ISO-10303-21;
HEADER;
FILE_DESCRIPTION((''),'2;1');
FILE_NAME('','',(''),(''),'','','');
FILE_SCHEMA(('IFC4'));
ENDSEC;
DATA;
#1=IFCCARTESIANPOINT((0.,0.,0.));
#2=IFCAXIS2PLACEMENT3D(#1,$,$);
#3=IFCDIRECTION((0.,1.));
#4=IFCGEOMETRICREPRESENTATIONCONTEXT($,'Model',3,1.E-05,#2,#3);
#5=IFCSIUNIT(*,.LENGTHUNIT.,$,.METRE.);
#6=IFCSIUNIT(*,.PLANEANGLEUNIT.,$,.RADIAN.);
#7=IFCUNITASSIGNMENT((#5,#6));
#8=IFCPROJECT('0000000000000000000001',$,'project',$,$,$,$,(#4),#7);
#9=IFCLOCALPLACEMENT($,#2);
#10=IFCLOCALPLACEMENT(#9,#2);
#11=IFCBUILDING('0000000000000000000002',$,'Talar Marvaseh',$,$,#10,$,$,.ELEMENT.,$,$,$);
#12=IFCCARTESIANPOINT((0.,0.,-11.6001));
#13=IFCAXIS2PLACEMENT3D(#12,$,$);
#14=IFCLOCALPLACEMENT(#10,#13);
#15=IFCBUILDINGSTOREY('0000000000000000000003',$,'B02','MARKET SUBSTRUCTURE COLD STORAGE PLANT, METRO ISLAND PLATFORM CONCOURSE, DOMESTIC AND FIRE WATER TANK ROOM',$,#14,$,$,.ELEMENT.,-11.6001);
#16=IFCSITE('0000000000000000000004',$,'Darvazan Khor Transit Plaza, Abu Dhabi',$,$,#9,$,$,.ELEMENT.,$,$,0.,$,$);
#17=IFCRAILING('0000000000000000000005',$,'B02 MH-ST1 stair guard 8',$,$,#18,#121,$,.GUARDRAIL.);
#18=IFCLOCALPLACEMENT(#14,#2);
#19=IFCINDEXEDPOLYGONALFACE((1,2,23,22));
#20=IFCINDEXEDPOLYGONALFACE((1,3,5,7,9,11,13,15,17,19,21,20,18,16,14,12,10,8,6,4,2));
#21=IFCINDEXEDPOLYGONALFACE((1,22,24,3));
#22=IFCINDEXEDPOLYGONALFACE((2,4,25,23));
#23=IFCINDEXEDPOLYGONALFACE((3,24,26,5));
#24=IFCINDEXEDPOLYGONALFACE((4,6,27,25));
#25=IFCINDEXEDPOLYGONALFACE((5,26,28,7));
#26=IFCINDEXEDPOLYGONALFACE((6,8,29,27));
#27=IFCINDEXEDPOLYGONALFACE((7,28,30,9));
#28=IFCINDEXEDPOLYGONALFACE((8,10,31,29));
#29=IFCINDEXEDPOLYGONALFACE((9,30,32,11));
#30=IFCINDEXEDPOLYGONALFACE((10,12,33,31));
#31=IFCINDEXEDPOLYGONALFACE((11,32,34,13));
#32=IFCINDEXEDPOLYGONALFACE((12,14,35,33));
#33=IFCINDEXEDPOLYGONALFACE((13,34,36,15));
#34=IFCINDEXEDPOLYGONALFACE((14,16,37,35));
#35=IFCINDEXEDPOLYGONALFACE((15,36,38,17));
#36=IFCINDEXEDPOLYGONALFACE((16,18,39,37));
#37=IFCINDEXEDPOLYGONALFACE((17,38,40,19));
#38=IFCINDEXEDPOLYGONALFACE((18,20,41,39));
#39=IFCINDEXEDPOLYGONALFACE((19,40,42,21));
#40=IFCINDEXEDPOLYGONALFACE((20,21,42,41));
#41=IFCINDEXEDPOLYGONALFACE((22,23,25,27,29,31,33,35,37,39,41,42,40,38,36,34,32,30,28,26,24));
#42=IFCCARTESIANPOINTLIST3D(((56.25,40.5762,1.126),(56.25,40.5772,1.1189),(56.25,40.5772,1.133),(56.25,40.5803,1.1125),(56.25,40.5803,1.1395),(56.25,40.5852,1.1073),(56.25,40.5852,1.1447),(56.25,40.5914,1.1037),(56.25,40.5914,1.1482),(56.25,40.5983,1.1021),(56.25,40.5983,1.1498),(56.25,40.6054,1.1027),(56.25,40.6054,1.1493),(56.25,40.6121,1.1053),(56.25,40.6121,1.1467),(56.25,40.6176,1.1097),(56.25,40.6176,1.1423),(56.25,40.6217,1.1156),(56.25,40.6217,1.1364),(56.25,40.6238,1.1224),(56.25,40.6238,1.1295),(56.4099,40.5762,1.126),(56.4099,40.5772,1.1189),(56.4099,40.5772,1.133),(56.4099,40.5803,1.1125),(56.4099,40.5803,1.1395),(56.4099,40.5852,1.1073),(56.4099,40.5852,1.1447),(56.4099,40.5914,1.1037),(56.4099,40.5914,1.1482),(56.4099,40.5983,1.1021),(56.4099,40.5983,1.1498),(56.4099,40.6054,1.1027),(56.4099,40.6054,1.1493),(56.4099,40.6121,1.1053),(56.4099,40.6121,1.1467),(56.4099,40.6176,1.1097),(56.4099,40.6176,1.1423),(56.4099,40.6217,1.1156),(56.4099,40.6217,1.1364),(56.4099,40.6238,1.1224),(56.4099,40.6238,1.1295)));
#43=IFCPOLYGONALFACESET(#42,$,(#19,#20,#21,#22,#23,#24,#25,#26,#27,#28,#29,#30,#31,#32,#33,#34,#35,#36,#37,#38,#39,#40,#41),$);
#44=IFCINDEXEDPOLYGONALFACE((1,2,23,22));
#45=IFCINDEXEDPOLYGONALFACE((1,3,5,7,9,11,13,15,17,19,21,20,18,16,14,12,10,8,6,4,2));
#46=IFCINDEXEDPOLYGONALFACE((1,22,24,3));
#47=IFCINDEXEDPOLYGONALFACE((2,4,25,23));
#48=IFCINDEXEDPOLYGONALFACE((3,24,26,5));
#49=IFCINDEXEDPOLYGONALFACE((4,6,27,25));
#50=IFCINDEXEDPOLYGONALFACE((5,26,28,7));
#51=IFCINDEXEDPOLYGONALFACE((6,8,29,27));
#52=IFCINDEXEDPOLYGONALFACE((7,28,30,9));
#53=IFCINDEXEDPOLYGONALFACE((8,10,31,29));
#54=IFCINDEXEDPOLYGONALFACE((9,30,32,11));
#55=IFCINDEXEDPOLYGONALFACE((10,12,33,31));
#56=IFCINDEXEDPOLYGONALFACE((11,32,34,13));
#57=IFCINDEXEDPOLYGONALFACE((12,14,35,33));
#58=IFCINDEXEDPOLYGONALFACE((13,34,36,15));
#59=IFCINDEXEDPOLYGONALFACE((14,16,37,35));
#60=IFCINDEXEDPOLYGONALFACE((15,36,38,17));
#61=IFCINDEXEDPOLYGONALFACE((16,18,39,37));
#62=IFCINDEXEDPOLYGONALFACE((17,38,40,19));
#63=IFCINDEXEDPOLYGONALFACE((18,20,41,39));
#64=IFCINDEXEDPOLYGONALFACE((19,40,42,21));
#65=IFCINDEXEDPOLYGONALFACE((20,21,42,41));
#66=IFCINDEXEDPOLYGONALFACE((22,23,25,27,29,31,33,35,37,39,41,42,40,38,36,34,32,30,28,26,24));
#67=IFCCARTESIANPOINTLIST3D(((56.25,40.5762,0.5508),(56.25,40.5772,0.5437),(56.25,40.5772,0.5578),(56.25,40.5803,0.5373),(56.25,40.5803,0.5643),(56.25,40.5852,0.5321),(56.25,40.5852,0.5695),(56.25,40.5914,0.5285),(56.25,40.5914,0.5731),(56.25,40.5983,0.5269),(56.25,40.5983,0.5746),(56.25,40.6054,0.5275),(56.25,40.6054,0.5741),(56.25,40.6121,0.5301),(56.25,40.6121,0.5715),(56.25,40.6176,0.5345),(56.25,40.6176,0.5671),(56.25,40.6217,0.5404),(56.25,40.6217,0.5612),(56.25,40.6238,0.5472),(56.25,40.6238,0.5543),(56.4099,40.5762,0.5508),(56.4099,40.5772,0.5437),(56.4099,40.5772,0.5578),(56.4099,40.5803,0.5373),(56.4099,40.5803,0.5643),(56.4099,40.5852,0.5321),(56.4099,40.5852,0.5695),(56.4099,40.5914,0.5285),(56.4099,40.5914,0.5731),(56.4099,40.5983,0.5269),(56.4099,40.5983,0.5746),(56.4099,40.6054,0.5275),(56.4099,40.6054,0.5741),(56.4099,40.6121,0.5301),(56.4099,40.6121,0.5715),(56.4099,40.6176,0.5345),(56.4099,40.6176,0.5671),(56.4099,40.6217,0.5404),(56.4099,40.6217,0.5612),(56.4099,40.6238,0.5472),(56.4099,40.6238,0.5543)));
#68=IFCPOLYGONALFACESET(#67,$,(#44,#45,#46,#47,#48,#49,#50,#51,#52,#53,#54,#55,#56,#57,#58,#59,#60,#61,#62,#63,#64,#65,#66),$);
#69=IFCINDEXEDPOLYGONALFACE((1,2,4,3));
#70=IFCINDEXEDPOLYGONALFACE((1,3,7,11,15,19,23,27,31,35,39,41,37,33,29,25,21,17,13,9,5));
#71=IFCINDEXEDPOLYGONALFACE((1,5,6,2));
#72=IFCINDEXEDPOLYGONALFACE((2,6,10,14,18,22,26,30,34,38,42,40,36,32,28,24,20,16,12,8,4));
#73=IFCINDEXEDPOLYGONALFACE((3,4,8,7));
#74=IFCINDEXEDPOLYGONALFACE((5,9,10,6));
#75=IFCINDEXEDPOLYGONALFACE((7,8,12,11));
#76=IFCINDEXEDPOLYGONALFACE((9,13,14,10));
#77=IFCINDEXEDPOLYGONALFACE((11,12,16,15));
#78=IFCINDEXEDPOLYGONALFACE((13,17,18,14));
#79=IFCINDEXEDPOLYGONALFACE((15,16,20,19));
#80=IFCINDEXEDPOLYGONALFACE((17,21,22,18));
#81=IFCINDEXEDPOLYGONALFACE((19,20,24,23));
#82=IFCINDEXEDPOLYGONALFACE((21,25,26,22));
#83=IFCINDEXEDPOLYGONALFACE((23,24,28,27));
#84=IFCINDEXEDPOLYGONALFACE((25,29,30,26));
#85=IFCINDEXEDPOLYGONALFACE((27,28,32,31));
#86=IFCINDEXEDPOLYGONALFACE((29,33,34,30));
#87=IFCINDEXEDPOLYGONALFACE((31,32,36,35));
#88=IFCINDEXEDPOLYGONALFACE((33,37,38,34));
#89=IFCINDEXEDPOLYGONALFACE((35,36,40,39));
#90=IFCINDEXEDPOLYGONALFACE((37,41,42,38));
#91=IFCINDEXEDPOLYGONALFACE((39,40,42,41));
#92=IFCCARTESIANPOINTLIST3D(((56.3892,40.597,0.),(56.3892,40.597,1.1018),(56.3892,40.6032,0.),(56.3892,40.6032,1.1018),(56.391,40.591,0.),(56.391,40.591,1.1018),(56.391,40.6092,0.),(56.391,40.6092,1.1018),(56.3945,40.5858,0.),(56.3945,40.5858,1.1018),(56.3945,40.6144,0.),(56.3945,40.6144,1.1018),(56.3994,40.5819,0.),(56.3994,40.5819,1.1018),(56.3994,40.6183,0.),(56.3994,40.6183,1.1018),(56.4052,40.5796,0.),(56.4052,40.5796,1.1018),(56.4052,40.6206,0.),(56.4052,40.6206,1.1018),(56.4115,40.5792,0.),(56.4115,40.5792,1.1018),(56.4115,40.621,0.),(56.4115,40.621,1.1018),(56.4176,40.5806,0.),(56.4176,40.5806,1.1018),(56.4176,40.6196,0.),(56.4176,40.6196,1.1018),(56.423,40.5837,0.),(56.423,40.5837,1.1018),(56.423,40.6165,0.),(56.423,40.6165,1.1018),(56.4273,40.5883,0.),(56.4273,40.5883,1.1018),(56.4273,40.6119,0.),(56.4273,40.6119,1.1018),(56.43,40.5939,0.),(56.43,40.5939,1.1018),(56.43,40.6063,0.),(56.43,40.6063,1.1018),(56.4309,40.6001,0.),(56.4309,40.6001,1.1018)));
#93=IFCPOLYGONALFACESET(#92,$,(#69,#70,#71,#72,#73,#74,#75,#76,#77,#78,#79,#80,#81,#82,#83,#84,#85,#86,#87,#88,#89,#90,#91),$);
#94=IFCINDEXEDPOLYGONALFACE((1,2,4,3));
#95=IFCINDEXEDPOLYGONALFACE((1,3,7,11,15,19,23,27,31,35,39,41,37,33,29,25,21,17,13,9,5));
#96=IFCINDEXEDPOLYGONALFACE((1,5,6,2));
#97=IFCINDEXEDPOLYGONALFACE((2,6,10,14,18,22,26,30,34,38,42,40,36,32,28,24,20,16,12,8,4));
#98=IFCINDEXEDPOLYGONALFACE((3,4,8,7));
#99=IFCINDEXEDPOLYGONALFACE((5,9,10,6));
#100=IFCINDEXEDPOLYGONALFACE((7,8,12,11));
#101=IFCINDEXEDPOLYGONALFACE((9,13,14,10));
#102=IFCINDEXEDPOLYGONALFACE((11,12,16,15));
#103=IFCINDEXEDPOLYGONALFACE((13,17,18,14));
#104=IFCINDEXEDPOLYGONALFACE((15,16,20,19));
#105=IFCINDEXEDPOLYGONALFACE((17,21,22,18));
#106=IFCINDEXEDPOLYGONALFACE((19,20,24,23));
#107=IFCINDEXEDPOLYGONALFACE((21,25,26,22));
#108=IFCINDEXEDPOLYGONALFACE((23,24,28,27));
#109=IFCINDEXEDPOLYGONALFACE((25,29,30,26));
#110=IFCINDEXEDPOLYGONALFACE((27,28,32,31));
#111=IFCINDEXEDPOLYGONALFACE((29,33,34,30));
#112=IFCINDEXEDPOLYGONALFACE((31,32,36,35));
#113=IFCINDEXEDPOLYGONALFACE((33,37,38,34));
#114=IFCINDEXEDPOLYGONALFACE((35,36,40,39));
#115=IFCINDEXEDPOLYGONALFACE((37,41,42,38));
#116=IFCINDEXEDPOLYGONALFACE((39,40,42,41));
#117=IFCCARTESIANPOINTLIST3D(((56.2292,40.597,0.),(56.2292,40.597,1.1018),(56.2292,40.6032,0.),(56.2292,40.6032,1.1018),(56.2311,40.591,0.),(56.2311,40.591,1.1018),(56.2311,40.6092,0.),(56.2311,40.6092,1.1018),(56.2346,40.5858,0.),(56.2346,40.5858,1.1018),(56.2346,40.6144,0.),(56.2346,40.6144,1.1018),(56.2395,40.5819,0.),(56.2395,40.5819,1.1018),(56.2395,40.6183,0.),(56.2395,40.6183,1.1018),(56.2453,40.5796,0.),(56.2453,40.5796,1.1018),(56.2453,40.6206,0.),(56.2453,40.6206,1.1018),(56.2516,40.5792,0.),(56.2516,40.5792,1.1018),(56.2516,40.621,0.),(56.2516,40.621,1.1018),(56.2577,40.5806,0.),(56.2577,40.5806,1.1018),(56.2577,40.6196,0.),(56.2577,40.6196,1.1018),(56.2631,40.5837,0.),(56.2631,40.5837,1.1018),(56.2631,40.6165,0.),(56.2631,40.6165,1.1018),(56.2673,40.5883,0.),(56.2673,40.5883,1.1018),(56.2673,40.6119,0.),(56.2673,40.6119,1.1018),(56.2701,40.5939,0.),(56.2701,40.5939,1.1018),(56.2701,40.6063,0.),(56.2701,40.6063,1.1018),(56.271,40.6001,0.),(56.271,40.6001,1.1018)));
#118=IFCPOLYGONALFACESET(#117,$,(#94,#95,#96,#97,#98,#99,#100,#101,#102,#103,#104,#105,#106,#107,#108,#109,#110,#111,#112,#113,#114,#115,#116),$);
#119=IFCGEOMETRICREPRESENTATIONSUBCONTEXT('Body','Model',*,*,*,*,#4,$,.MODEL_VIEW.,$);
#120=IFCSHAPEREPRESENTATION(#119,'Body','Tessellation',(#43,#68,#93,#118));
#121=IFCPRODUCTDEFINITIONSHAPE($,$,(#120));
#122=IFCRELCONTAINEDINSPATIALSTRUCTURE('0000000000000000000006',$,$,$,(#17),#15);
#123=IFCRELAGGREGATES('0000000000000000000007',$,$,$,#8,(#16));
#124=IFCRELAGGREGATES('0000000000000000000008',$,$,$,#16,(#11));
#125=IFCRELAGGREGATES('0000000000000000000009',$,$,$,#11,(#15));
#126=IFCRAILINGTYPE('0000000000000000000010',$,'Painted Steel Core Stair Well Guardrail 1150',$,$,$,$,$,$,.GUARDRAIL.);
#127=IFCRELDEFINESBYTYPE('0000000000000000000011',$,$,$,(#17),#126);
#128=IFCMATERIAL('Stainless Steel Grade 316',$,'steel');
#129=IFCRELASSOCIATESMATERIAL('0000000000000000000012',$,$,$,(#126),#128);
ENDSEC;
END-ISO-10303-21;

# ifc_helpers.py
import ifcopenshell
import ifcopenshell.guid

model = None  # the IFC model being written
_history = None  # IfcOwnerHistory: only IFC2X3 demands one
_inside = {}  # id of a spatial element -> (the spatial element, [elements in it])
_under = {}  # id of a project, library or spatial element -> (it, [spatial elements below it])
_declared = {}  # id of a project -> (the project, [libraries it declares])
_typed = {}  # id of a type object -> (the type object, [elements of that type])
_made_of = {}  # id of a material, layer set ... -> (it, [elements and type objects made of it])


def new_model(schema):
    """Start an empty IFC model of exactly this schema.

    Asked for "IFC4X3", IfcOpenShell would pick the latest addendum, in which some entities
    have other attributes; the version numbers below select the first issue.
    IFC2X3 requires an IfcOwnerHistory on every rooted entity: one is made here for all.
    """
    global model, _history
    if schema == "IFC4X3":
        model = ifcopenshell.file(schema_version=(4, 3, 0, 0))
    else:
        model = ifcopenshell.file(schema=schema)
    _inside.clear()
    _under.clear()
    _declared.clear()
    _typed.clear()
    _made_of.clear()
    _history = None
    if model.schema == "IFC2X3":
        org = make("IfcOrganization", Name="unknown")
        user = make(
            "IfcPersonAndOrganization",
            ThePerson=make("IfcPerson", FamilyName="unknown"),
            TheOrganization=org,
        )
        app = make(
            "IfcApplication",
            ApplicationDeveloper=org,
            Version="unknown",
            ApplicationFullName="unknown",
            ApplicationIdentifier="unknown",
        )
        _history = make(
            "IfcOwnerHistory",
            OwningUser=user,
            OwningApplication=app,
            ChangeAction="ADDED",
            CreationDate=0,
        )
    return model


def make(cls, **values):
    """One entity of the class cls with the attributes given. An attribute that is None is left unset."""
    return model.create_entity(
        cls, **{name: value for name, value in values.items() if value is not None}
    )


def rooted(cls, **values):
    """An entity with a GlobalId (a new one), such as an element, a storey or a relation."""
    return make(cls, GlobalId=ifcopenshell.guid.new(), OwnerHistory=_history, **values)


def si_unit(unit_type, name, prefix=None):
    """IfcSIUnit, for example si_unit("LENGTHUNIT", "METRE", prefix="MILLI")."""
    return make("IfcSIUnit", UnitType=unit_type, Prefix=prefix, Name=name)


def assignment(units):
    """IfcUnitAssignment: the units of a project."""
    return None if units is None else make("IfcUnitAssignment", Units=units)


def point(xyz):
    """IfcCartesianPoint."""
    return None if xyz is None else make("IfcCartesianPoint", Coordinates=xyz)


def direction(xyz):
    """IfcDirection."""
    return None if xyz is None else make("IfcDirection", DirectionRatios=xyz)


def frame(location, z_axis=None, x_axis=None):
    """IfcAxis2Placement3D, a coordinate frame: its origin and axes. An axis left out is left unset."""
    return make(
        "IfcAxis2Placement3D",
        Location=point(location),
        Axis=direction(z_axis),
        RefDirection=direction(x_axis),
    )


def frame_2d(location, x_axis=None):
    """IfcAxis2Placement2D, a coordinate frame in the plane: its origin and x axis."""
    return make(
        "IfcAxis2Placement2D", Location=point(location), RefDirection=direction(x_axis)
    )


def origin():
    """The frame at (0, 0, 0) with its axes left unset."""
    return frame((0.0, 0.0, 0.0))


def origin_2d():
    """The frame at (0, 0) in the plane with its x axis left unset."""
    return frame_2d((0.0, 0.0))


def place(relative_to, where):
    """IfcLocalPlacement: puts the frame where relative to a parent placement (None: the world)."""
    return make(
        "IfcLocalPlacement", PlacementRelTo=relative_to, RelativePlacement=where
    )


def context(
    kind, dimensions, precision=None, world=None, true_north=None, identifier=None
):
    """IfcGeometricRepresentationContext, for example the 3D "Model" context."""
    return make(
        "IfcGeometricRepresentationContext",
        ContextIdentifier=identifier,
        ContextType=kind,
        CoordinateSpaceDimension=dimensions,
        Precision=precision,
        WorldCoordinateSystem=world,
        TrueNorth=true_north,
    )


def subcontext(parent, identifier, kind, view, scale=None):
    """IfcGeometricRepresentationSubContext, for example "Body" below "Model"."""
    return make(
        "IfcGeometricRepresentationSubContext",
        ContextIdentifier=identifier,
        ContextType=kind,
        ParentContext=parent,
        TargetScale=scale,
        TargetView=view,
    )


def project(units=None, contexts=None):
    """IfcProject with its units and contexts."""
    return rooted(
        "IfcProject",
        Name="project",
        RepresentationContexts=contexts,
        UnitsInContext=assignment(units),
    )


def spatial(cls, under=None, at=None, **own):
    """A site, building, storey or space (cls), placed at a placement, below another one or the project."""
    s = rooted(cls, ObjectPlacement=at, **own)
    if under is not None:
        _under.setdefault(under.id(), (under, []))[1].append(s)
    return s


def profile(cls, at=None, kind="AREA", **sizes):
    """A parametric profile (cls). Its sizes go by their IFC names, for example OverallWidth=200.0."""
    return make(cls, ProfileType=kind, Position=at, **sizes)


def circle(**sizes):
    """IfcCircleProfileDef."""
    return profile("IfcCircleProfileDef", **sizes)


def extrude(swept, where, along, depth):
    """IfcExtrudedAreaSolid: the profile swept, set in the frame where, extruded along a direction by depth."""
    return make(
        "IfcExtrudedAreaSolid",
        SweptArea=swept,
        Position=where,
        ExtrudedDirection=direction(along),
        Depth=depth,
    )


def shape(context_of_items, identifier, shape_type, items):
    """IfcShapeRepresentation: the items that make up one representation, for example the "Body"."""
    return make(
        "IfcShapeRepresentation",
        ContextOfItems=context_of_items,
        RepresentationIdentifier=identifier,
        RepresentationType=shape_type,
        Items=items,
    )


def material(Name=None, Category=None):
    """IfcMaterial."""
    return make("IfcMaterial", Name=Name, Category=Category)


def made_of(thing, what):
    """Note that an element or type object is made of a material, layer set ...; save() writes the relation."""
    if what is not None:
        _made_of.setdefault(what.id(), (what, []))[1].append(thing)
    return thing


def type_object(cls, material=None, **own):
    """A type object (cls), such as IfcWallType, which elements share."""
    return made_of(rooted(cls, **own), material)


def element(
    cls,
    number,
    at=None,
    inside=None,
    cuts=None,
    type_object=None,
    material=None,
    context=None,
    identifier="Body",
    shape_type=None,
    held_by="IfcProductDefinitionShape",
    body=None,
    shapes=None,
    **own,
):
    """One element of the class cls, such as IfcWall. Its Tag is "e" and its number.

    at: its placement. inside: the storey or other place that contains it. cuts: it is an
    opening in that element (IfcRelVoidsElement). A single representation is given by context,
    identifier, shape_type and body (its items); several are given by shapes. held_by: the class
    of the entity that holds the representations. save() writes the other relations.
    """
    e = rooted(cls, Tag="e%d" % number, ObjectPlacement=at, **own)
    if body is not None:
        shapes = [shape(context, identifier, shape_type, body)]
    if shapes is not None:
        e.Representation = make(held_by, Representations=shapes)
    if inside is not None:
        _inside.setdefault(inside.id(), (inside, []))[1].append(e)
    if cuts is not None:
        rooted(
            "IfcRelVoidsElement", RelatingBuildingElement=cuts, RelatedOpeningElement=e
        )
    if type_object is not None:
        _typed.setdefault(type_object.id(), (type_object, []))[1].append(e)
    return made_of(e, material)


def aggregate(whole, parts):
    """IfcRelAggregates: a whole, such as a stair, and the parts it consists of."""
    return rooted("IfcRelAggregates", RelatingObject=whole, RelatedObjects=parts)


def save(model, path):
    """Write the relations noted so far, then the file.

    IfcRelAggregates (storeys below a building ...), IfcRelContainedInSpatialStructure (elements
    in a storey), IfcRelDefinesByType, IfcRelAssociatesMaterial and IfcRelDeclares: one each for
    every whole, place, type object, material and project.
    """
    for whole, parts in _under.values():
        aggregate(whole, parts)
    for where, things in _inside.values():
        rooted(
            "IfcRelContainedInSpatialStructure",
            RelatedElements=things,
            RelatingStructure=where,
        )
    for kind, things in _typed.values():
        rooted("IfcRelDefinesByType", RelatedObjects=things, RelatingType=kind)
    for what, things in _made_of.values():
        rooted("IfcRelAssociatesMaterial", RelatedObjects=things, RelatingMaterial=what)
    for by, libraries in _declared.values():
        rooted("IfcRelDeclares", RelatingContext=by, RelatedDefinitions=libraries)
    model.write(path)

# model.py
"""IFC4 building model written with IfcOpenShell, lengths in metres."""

from ifc_helpers import new_model, si_unit, direction, frame, origin, origin_2d, place, context, subcontext, project, spatial, circle, extrude, material, type_object, element, save


model = new_model("IFC4")

# Units and contexts
model_context = context("Model", 3, precision=1e-05, world=origin(), true_north=direction((0.0, 1.0)))
body_context = subcontext(model_context, "Body", "Model", "MODEL_VIEW")
ifc_project = project(units=[si_unit("LENGTHUNIT", "METRE"), si_unit("PLANEANGLEUNIT", "RADIAN")], contexts=[model_context])

# Site, building, storey
site_placement = place(None, origin())
site = spatial("IfcSite", under=ifc_project, at=site_placement, Name="Darvazan Khor Transit Plaza, Abu Dhabi", CompositionType="ELEMENT", RefElevation=0.0)
building_placement = place(site_placement, origin())
building = spatial("IfcBuilding", under=site, at=building_placement, Name="Talar Marvaseh", CompositionType="ELEMENT")
storey_placement = place(building_placement, frame((0.0, 0.0, -11.6001)))
storey = spatial("IfcBuildingStorey", under=building, at=storey_placement, Name="B02", Description="MARKET SUBSTRUCTURE COLD STORAGE PLANT, METRO ISLAND PLATFORM CONCOURSE, DOMESTIC AND FIRE WATER TANK ROOM", CompositionType="ELEMENT", Elevation=-11.6001)

# Railing
ifc_material_1 = material(Name="Stainless Steel Grade 316", Category="steel")
railing_type_1 = type_object("IfcRailingType", Name="Painted Steel Core Stair Well Guardrail 1150", PredefinedType="GUARDRAIL", material=ifc_material_1)
railing_1_placement = place(storey_placement, frame((56.4099, 40.6001, 0.0)))
element("IfcRailing", 1, at=railing_1_placement, inside=storey, type_object=railing_type_1, Name="B02 MH-ST1 stair guard 8", PredefinedType="GUARDRAIL", context=body_context, shape_type="SweptSolid", body=[
    extrude(circle(Radius=0.0239, at=origin_2d()), frame((0.0, 0.0, 1.126), z_axis=(-1.0, 0.0, 0.0), x_axis=(0.0, -1.0, 0.0)), (0.0, 0.0, 1.0), 0.1599),
    extrude(circle(Radius=0.0239, at=origin_2d()), frame((0.0, 0.0, 0.5508), z_axis=(-1.0, 0.0, 0.0), x_axis=(0.0, -1.0, 0.0)), (0.0, 0.0, 1.0), 0.1599),
    extrude(circle(Radius=0.021, at=origin_2d()), origin(), (0.0, 0.0, 1.0), 1.1018),
    extrude(circle(Radius=0.021, at=origin_2d()), frame((-0.1599, 0.0, 0.0)), (0.0, 0.0, 1.0), 1.1018),
])

save(model, "model.ifc")
